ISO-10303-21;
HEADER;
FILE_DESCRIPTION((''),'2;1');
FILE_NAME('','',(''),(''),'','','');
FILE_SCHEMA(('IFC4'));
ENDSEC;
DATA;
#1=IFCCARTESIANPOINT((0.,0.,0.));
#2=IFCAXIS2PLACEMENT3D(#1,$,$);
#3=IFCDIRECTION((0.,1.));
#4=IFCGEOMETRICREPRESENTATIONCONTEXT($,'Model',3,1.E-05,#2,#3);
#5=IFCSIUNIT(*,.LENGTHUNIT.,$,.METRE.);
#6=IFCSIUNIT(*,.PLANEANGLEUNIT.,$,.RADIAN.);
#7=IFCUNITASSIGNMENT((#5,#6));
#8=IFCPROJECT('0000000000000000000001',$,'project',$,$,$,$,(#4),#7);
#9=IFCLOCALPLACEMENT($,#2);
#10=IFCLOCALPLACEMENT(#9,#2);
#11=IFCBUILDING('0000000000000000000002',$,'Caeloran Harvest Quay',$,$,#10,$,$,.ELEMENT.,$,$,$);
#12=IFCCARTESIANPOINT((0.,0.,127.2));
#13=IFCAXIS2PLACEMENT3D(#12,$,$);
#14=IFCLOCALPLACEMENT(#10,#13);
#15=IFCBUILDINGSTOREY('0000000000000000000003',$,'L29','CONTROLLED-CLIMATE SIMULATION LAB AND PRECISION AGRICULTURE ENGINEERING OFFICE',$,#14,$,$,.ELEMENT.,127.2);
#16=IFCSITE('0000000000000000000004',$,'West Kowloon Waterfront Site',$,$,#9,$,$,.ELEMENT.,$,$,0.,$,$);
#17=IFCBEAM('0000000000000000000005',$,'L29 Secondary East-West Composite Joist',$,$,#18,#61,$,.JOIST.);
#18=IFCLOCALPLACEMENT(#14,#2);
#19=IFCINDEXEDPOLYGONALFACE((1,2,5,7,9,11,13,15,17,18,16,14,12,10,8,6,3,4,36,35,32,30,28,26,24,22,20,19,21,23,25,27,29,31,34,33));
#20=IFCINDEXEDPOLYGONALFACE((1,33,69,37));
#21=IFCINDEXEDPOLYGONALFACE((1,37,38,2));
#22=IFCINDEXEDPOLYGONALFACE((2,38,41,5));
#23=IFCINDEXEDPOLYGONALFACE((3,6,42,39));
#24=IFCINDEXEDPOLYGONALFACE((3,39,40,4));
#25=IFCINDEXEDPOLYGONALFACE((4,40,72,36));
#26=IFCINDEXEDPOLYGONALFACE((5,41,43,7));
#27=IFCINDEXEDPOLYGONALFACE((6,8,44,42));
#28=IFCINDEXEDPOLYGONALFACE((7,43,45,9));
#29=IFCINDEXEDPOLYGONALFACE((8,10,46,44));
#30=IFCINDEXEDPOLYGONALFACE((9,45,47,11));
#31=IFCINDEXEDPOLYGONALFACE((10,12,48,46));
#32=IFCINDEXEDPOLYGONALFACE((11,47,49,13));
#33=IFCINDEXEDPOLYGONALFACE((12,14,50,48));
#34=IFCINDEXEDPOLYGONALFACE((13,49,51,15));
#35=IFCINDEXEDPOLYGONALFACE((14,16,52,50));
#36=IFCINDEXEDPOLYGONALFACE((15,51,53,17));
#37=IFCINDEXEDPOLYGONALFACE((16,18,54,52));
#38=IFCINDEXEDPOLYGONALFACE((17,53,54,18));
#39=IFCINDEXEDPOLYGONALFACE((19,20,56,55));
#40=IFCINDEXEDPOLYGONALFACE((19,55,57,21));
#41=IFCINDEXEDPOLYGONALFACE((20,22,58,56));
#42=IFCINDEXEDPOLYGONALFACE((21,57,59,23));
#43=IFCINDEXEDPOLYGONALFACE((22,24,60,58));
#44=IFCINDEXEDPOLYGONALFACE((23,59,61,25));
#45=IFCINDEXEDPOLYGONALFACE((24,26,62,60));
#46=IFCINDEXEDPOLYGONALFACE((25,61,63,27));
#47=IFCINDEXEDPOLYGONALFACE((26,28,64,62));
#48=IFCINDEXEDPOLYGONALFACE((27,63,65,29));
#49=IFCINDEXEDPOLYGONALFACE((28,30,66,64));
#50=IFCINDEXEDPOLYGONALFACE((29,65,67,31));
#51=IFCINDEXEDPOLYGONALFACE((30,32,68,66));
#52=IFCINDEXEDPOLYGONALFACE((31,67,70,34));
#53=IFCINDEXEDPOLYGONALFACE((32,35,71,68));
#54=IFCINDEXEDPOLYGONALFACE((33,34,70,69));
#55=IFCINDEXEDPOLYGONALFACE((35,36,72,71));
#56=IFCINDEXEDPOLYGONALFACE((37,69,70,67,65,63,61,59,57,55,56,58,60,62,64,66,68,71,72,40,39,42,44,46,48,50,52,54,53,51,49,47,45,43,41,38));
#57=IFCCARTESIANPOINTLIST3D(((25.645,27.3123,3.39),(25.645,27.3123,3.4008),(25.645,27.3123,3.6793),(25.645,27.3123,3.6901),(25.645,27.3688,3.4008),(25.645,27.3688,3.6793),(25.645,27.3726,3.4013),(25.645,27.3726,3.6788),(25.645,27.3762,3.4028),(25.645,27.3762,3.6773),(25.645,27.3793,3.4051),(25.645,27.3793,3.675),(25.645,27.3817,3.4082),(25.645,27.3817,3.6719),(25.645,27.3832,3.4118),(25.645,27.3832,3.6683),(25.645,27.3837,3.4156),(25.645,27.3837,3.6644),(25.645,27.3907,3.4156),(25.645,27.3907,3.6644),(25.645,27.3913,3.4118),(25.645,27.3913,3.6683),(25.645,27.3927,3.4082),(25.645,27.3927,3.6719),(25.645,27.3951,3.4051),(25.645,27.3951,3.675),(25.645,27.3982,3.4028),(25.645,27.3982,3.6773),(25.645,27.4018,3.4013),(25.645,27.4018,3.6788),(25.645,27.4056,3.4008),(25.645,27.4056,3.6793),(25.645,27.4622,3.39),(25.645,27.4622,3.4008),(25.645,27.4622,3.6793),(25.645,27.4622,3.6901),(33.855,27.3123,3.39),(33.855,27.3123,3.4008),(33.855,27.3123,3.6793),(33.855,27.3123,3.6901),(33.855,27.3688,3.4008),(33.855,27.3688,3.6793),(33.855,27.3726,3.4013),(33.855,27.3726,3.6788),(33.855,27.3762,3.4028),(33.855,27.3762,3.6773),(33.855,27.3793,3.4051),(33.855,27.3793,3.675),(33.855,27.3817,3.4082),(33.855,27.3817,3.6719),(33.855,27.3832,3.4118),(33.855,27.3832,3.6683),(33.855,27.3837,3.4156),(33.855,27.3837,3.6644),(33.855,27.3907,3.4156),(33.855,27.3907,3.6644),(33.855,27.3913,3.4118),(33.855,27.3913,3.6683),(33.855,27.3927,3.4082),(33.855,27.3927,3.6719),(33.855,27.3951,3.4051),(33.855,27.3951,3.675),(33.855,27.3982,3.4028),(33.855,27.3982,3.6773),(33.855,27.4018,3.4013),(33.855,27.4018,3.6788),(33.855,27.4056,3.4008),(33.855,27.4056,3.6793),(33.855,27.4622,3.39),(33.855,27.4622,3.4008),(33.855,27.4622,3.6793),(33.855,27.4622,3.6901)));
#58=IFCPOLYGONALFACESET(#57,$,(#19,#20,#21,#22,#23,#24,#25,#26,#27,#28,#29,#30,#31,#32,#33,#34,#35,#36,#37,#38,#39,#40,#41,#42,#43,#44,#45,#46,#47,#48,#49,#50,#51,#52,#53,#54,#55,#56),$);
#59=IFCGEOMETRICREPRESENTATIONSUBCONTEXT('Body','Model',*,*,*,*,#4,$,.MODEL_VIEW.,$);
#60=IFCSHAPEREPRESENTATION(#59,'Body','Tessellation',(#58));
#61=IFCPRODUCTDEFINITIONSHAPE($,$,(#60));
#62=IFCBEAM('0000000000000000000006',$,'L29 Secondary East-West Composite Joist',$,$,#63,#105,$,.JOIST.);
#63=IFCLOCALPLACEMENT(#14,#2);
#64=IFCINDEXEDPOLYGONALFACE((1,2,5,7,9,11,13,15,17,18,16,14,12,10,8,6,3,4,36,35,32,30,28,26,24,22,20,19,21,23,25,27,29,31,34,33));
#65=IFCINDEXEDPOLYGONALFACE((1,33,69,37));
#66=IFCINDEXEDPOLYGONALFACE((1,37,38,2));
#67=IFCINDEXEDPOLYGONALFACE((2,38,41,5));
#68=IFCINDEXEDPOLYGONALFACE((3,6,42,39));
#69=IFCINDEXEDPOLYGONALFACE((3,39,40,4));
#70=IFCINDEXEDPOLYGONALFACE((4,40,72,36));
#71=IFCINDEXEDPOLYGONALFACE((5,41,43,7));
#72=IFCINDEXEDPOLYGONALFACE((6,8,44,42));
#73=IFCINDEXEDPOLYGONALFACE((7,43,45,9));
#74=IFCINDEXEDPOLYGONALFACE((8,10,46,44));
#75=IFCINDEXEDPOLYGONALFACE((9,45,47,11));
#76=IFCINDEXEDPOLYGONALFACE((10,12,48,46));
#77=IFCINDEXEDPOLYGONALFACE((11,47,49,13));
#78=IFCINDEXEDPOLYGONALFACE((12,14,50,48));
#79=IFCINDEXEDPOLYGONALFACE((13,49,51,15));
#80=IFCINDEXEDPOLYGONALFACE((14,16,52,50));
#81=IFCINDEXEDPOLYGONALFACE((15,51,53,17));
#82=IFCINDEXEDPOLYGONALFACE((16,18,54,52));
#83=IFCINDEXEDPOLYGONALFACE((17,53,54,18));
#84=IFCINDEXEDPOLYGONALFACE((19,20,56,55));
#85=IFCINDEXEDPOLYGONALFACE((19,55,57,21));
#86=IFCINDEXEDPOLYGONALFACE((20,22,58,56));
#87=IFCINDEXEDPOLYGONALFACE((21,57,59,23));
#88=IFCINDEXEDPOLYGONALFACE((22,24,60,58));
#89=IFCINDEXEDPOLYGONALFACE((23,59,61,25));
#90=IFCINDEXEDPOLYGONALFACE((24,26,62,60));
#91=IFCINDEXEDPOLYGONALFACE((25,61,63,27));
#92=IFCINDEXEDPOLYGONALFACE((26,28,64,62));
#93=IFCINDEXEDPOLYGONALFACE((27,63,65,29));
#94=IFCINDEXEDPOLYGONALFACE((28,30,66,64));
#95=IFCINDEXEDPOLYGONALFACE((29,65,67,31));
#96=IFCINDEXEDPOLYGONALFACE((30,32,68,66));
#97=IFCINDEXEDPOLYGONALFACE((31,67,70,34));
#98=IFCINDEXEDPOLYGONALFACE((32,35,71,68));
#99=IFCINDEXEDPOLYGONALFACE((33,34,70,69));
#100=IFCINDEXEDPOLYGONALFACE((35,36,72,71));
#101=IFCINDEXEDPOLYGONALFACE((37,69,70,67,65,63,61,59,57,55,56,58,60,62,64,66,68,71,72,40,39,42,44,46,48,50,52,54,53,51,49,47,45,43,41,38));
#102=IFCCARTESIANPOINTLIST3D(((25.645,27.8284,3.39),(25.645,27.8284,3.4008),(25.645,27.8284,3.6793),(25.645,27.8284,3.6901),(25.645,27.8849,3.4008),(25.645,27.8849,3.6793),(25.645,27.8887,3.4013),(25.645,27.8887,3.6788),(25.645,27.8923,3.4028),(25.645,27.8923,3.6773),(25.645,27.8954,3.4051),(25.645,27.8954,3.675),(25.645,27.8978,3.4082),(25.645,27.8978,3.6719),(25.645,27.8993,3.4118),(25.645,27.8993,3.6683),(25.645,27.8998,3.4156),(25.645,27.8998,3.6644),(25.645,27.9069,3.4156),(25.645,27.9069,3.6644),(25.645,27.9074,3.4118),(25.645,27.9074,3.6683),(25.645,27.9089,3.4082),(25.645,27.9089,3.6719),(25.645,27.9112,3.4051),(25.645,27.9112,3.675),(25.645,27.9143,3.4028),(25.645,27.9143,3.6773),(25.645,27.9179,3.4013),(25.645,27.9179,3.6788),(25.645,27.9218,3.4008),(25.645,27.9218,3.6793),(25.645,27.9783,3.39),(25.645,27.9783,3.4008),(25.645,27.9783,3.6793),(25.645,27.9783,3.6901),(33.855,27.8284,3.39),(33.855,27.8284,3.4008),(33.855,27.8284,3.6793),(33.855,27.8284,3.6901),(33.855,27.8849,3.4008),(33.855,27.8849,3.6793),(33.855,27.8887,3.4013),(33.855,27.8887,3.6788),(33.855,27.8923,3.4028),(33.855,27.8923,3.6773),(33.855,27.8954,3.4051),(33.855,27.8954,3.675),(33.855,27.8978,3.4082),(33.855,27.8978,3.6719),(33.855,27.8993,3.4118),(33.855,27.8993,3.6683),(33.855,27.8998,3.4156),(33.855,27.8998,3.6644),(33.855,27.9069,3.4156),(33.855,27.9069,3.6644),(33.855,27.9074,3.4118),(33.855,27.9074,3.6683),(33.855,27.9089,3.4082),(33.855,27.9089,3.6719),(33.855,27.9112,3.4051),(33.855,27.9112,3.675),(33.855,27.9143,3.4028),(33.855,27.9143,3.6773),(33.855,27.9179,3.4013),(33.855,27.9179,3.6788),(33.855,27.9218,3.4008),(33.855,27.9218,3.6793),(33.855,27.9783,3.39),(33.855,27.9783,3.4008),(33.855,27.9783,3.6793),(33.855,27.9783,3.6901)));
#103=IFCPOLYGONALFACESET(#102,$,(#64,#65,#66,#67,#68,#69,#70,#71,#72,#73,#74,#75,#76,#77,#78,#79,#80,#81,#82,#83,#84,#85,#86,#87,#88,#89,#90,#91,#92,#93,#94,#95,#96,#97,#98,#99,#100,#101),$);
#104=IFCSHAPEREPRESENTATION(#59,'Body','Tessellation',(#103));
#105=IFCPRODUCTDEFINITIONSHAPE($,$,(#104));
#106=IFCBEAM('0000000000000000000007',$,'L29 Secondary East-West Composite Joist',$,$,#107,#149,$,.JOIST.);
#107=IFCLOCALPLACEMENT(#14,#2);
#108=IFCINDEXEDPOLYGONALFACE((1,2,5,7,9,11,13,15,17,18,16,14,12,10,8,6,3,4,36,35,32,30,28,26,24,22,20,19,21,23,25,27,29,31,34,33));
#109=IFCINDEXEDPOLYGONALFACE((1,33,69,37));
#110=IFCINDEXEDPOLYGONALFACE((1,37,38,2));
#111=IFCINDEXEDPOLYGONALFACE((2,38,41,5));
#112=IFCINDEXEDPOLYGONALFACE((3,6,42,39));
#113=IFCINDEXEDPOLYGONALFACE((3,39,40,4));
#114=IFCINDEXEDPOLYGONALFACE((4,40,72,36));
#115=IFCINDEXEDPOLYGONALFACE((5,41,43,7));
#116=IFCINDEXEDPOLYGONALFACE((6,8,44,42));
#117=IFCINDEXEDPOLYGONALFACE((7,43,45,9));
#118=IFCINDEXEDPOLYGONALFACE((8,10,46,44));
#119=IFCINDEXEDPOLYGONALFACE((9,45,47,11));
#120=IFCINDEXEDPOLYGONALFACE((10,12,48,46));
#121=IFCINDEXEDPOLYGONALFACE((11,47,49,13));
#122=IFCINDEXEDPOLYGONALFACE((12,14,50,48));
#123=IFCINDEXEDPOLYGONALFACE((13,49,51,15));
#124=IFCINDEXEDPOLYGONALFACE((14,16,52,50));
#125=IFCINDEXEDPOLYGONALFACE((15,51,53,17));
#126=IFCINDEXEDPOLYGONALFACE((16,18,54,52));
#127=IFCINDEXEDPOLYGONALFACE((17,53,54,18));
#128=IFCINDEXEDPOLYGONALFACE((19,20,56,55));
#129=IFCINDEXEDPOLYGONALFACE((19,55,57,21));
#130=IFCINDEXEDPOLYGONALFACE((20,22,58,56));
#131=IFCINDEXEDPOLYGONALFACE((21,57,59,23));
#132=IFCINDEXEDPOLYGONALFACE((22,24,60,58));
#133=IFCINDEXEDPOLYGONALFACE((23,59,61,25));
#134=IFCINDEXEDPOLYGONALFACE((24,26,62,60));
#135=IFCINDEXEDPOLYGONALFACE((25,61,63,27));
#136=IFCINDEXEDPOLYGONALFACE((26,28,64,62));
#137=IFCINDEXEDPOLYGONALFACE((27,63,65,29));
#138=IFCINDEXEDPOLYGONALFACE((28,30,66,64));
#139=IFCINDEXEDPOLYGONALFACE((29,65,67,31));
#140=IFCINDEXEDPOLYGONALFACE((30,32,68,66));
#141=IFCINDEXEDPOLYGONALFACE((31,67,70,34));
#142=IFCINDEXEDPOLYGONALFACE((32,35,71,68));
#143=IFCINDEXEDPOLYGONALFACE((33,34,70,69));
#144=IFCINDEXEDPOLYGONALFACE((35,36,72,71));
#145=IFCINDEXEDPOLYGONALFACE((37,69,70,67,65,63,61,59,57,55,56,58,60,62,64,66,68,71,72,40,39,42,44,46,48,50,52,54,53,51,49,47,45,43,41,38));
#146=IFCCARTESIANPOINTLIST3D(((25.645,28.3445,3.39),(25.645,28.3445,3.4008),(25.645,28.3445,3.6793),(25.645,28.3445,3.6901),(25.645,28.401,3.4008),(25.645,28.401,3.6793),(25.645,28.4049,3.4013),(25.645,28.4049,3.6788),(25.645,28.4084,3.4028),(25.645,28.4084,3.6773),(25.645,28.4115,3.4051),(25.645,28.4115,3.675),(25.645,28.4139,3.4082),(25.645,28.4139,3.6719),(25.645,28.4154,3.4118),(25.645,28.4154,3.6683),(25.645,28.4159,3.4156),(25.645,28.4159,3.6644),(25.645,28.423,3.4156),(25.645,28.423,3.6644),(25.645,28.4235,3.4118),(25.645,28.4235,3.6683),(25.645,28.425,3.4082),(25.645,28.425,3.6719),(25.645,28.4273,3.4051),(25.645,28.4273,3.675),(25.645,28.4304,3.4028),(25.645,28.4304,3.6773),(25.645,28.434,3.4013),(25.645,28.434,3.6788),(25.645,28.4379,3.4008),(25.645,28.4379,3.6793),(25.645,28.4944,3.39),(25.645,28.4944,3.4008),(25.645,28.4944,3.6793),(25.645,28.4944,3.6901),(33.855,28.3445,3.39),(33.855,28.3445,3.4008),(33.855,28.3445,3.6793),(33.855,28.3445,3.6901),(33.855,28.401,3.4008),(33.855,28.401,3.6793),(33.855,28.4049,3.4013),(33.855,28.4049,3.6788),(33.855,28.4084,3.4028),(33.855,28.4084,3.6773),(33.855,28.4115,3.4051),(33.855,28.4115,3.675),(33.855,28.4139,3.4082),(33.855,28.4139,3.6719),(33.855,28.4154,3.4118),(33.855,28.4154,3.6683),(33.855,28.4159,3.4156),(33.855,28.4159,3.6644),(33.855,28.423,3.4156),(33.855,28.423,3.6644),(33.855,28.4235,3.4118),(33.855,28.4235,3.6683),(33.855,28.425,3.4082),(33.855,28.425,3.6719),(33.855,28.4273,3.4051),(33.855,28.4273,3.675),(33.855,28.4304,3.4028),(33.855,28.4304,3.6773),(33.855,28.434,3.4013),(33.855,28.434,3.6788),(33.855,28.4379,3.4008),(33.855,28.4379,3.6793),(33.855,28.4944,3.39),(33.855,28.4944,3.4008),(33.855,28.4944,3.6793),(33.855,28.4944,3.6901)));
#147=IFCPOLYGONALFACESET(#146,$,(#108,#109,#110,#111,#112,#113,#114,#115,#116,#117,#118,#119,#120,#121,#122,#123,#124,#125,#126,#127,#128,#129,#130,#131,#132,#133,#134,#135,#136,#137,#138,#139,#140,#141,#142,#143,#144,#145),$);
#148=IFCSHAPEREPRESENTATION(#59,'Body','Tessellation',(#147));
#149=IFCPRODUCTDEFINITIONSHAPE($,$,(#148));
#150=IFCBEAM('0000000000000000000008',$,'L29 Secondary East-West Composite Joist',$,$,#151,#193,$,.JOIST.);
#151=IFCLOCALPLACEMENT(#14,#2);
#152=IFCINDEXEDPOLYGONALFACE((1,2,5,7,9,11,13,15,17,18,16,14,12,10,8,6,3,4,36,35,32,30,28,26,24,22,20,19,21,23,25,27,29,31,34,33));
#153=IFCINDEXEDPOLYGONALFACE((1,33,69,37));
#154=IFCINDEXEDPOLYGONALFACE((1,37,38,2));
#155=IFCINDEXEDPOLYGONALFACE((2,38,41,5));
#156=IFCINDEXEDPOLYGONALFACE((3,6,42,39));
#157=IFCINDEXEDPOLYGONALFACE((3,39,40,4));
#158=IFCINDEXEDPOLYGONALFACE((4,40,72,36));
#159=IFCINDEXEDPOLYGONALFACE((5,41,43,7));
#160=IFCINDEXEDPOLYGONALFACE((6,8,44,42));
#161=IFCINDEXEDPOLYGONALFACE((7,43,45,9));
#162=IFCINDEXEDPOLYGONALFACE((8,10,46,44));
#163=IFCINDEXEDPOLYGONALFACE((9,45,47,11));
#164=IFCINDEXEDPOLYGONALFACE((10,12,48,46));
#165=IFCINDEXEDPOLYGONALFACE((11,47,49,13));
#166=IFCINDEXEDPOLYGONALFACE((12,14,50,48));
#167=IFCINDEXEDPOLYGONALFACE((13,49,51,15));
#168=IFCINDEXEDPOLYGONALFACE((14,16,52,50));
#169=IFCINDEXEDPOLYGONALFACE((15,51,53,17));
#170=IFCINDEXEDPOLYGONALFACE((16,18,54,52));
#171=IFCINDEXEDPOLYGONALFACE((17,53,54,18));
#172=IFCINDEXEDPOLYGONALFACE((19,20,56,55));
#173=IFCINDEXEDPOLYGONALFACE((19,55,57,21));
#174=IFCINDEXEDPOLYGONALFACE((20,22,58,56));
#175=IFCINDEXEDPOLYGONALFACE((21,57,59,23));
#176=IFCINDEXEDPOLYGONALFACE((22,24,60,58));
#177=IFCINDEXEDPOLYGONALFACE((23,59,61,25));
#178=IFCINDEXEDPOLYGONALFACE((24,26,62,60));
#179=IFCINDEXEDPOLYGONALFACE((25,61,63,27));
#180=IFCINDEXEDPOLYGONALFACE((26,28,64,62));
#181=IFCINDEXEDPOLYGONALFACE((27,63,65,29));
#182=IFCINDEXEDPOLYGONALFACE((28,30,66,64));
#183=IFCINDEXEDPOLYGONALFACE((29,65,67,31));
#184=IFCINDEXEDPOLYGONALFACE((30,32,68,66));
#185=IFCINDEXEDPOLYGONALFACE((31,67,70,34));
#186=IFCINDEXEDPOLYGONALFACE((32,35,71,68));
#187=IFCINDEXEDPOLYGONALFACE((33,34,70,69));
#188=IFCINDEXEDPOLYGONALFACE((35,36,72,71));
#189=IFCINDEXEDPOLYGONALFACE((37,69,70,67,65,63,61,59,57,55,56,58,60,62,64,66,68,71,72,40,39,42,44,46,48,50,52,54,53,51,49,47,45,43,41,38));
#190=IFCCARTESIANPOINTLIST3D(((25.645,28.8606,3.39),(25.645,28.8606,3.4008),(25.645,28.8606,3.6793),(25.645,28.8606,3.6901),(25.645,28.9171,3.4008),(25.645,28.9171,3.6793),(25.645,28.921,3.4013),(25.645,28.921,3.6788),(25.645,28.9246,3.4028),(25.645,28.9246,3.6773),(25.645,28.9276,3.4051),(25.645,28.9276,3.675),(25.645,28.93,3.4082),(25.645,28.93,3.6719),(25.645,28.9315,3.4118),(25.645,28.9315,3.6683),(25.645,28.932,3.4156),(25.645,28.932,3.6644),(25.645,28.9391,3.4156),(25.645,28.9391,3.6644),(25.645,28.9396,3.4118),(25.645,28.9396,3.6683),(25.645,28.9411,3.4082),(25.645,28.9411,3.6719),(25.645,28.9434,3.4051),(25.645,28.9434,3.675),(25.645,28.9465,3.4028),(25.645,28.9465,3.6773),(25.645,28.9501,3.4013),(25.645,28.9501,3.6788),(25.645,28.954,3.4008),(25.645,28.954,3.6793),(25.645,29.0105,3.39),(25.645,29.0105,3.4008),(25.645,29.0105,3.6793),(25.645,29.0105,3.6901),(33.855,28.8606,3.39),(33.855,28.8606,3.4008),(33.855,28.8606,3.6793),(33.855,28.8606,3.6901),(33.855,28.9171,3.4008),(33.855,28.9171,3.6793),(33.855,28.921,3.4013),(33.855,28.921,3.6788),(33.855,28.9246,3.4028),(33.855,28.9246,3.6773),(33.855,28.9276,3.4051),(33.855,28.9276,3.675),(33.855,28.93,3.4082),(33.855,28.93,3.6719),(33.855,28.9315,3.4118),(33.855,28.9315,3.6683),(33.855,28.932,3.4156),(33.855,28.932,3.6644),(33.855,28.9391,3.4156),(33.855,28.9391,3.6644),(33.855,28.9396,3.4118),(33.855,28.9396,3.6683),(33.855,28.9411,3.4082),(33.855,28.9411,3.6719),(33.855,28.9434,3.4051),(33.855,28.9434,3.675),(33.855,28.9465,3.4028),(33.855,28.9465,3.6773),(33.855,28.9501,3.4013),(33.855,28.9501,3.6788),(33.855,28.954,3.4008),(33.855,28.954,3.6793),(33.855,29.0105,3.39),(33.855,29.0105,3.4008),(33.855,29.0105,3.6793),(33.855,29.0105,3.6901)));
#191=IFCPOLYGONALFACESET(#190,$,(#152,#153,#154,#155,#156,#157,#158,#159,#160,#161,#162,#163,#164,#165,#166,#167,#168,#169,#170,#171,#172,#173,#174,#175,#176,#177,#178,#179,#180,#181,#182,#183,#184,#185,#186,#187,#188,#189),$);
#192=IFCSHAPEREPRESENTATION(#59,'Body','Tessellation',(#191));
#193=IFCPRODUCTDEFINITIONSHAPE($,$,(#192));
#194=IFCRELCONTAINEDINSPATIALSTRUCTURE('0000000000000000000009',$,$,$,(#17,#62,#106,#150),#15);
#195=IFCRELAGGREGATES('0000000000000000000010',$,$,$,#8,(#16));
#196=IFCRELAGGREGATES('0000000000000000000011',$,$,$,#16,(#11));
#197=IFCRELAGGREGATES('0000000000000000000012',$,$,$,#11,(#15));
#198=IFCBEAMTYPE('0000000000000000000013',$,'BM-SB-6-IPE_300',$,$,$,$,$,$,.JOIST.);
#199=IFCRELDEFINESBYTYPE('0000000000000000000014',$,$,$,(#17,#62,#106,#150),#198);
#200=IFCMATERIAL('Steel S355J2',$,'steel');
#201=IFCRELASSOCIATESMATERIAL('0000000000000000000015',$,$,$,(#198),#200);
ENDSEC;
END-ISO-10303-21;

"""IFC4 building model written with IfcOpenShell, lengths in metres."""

from ifc_helpers import new_model, si_unit, direction, frame, origin, origin_2d, place, context, subcontext, project, spatial, i_section, extrude, material, material_profile, profile_set, type_object, element, save


model = new_model("IFC4")

# Units and contexts
model_context = context("Model", 3, precision=1e-05, world=origin(), true_north=direction((0.0, 1.0)))
body_context = subcontext(model_context, "Body", "Model", "MODEL_VIEW")
ifc_project = project(units=[si_unit("LENGTHUNIT", "METRE"), si_unit("PLANEANGLEUNIT", "RADIAN")], contexts=[model_context])

# Site, building, storey
site_placement = place(None, origin())
site = spatial("IfcSite", under=ifc_project, at=site_placement, Name="West Kowloon Waterfront Site", CompositionType="ELEMENT", RefElevation=0.0)
building_placement = place(site_placement, origin())
building = spatial("IfcBuilding", under=site, at=building_placement, Name="Caeloran Harvest Quay", CompositionType="ELEMENT")
storey_placement = place(building_placement, frame((0.0, 0.0, 127.2)))
storey = spatial("IfcBuildingStorey", under=building, at=storey_placement, Name="L29", Description="CONTROLLED-CLIMATE SIMULATION LAB AND PRECISION AGRICULTURE ENGINEERING OFFICE", CompositionType="ELEMENT", Elevation=127.2)

# Beams
ifc_material = material(Name="Steel S355J2", Category="steel")
ifc_material_profile_1 = material_profile(ifc_material, i_section(OverallWidth=0.1499, OverallDepth=0.3, WebThickness=0.0071, FlangeThickness=0.0107, FilletRadius=0.0149, at=origin_2d()), Name="IPE 300")
ifc_profile_set_1 = profile_set([ifc_material_profile_1], Name="Steel S355J2")
beam_type_1 = type_object("IfcBeamType", Name="BM-SB-6-IPE_300", PredefinedType="JOIST", material=ifc_profile_set_1)
for number, where, z_axis, x_axis, name in (
    (1, (25.645, 27.3872, 3.54), (1.0, 0.0, 0.0), (0.0, 1.0, 0.0), "L29 Secondary East-West Composite Joist"),
    (2, (25.645, 27.9033, 3.54), (1.0, 0.0, 0.0), (0.0, 1.0, 0.0), "L29 Secondary East-West Composite Joist"),
    (3, (25.645, 28.4194, 3.54), (1.0, 0.0, 0.0), (0.0, 1.0, 0.0), "L29 Secondary East-West Composite Joist"),
    (4, (25.645, 28.9355, 3.54), (1.0, 0.0, 0.0), (0.0, 1.0, 0.0), "L29 Secondary East-West Composite Joist"),
):
    element("IfcBeam", number, at=place(storey_placement, frame(where, z_axis=z_axis, x_axis=x_axis)), inside=storey, type_object=beam_type_1, Name=name, PredefinedType="JOIST", context=body_context, shape_type="SweptSolid", body=[
        extrude(i_section(OverallWidth=0.1499, OverallDepth=0.3, WebThickness=0.0071, FlangeThickness=0.0107, FilletRadius=0.0149, at=origin_2d()), origin(), (0.0, 0.0, 1.0), 8.21),
    ])

save(model, "model.ifc")
